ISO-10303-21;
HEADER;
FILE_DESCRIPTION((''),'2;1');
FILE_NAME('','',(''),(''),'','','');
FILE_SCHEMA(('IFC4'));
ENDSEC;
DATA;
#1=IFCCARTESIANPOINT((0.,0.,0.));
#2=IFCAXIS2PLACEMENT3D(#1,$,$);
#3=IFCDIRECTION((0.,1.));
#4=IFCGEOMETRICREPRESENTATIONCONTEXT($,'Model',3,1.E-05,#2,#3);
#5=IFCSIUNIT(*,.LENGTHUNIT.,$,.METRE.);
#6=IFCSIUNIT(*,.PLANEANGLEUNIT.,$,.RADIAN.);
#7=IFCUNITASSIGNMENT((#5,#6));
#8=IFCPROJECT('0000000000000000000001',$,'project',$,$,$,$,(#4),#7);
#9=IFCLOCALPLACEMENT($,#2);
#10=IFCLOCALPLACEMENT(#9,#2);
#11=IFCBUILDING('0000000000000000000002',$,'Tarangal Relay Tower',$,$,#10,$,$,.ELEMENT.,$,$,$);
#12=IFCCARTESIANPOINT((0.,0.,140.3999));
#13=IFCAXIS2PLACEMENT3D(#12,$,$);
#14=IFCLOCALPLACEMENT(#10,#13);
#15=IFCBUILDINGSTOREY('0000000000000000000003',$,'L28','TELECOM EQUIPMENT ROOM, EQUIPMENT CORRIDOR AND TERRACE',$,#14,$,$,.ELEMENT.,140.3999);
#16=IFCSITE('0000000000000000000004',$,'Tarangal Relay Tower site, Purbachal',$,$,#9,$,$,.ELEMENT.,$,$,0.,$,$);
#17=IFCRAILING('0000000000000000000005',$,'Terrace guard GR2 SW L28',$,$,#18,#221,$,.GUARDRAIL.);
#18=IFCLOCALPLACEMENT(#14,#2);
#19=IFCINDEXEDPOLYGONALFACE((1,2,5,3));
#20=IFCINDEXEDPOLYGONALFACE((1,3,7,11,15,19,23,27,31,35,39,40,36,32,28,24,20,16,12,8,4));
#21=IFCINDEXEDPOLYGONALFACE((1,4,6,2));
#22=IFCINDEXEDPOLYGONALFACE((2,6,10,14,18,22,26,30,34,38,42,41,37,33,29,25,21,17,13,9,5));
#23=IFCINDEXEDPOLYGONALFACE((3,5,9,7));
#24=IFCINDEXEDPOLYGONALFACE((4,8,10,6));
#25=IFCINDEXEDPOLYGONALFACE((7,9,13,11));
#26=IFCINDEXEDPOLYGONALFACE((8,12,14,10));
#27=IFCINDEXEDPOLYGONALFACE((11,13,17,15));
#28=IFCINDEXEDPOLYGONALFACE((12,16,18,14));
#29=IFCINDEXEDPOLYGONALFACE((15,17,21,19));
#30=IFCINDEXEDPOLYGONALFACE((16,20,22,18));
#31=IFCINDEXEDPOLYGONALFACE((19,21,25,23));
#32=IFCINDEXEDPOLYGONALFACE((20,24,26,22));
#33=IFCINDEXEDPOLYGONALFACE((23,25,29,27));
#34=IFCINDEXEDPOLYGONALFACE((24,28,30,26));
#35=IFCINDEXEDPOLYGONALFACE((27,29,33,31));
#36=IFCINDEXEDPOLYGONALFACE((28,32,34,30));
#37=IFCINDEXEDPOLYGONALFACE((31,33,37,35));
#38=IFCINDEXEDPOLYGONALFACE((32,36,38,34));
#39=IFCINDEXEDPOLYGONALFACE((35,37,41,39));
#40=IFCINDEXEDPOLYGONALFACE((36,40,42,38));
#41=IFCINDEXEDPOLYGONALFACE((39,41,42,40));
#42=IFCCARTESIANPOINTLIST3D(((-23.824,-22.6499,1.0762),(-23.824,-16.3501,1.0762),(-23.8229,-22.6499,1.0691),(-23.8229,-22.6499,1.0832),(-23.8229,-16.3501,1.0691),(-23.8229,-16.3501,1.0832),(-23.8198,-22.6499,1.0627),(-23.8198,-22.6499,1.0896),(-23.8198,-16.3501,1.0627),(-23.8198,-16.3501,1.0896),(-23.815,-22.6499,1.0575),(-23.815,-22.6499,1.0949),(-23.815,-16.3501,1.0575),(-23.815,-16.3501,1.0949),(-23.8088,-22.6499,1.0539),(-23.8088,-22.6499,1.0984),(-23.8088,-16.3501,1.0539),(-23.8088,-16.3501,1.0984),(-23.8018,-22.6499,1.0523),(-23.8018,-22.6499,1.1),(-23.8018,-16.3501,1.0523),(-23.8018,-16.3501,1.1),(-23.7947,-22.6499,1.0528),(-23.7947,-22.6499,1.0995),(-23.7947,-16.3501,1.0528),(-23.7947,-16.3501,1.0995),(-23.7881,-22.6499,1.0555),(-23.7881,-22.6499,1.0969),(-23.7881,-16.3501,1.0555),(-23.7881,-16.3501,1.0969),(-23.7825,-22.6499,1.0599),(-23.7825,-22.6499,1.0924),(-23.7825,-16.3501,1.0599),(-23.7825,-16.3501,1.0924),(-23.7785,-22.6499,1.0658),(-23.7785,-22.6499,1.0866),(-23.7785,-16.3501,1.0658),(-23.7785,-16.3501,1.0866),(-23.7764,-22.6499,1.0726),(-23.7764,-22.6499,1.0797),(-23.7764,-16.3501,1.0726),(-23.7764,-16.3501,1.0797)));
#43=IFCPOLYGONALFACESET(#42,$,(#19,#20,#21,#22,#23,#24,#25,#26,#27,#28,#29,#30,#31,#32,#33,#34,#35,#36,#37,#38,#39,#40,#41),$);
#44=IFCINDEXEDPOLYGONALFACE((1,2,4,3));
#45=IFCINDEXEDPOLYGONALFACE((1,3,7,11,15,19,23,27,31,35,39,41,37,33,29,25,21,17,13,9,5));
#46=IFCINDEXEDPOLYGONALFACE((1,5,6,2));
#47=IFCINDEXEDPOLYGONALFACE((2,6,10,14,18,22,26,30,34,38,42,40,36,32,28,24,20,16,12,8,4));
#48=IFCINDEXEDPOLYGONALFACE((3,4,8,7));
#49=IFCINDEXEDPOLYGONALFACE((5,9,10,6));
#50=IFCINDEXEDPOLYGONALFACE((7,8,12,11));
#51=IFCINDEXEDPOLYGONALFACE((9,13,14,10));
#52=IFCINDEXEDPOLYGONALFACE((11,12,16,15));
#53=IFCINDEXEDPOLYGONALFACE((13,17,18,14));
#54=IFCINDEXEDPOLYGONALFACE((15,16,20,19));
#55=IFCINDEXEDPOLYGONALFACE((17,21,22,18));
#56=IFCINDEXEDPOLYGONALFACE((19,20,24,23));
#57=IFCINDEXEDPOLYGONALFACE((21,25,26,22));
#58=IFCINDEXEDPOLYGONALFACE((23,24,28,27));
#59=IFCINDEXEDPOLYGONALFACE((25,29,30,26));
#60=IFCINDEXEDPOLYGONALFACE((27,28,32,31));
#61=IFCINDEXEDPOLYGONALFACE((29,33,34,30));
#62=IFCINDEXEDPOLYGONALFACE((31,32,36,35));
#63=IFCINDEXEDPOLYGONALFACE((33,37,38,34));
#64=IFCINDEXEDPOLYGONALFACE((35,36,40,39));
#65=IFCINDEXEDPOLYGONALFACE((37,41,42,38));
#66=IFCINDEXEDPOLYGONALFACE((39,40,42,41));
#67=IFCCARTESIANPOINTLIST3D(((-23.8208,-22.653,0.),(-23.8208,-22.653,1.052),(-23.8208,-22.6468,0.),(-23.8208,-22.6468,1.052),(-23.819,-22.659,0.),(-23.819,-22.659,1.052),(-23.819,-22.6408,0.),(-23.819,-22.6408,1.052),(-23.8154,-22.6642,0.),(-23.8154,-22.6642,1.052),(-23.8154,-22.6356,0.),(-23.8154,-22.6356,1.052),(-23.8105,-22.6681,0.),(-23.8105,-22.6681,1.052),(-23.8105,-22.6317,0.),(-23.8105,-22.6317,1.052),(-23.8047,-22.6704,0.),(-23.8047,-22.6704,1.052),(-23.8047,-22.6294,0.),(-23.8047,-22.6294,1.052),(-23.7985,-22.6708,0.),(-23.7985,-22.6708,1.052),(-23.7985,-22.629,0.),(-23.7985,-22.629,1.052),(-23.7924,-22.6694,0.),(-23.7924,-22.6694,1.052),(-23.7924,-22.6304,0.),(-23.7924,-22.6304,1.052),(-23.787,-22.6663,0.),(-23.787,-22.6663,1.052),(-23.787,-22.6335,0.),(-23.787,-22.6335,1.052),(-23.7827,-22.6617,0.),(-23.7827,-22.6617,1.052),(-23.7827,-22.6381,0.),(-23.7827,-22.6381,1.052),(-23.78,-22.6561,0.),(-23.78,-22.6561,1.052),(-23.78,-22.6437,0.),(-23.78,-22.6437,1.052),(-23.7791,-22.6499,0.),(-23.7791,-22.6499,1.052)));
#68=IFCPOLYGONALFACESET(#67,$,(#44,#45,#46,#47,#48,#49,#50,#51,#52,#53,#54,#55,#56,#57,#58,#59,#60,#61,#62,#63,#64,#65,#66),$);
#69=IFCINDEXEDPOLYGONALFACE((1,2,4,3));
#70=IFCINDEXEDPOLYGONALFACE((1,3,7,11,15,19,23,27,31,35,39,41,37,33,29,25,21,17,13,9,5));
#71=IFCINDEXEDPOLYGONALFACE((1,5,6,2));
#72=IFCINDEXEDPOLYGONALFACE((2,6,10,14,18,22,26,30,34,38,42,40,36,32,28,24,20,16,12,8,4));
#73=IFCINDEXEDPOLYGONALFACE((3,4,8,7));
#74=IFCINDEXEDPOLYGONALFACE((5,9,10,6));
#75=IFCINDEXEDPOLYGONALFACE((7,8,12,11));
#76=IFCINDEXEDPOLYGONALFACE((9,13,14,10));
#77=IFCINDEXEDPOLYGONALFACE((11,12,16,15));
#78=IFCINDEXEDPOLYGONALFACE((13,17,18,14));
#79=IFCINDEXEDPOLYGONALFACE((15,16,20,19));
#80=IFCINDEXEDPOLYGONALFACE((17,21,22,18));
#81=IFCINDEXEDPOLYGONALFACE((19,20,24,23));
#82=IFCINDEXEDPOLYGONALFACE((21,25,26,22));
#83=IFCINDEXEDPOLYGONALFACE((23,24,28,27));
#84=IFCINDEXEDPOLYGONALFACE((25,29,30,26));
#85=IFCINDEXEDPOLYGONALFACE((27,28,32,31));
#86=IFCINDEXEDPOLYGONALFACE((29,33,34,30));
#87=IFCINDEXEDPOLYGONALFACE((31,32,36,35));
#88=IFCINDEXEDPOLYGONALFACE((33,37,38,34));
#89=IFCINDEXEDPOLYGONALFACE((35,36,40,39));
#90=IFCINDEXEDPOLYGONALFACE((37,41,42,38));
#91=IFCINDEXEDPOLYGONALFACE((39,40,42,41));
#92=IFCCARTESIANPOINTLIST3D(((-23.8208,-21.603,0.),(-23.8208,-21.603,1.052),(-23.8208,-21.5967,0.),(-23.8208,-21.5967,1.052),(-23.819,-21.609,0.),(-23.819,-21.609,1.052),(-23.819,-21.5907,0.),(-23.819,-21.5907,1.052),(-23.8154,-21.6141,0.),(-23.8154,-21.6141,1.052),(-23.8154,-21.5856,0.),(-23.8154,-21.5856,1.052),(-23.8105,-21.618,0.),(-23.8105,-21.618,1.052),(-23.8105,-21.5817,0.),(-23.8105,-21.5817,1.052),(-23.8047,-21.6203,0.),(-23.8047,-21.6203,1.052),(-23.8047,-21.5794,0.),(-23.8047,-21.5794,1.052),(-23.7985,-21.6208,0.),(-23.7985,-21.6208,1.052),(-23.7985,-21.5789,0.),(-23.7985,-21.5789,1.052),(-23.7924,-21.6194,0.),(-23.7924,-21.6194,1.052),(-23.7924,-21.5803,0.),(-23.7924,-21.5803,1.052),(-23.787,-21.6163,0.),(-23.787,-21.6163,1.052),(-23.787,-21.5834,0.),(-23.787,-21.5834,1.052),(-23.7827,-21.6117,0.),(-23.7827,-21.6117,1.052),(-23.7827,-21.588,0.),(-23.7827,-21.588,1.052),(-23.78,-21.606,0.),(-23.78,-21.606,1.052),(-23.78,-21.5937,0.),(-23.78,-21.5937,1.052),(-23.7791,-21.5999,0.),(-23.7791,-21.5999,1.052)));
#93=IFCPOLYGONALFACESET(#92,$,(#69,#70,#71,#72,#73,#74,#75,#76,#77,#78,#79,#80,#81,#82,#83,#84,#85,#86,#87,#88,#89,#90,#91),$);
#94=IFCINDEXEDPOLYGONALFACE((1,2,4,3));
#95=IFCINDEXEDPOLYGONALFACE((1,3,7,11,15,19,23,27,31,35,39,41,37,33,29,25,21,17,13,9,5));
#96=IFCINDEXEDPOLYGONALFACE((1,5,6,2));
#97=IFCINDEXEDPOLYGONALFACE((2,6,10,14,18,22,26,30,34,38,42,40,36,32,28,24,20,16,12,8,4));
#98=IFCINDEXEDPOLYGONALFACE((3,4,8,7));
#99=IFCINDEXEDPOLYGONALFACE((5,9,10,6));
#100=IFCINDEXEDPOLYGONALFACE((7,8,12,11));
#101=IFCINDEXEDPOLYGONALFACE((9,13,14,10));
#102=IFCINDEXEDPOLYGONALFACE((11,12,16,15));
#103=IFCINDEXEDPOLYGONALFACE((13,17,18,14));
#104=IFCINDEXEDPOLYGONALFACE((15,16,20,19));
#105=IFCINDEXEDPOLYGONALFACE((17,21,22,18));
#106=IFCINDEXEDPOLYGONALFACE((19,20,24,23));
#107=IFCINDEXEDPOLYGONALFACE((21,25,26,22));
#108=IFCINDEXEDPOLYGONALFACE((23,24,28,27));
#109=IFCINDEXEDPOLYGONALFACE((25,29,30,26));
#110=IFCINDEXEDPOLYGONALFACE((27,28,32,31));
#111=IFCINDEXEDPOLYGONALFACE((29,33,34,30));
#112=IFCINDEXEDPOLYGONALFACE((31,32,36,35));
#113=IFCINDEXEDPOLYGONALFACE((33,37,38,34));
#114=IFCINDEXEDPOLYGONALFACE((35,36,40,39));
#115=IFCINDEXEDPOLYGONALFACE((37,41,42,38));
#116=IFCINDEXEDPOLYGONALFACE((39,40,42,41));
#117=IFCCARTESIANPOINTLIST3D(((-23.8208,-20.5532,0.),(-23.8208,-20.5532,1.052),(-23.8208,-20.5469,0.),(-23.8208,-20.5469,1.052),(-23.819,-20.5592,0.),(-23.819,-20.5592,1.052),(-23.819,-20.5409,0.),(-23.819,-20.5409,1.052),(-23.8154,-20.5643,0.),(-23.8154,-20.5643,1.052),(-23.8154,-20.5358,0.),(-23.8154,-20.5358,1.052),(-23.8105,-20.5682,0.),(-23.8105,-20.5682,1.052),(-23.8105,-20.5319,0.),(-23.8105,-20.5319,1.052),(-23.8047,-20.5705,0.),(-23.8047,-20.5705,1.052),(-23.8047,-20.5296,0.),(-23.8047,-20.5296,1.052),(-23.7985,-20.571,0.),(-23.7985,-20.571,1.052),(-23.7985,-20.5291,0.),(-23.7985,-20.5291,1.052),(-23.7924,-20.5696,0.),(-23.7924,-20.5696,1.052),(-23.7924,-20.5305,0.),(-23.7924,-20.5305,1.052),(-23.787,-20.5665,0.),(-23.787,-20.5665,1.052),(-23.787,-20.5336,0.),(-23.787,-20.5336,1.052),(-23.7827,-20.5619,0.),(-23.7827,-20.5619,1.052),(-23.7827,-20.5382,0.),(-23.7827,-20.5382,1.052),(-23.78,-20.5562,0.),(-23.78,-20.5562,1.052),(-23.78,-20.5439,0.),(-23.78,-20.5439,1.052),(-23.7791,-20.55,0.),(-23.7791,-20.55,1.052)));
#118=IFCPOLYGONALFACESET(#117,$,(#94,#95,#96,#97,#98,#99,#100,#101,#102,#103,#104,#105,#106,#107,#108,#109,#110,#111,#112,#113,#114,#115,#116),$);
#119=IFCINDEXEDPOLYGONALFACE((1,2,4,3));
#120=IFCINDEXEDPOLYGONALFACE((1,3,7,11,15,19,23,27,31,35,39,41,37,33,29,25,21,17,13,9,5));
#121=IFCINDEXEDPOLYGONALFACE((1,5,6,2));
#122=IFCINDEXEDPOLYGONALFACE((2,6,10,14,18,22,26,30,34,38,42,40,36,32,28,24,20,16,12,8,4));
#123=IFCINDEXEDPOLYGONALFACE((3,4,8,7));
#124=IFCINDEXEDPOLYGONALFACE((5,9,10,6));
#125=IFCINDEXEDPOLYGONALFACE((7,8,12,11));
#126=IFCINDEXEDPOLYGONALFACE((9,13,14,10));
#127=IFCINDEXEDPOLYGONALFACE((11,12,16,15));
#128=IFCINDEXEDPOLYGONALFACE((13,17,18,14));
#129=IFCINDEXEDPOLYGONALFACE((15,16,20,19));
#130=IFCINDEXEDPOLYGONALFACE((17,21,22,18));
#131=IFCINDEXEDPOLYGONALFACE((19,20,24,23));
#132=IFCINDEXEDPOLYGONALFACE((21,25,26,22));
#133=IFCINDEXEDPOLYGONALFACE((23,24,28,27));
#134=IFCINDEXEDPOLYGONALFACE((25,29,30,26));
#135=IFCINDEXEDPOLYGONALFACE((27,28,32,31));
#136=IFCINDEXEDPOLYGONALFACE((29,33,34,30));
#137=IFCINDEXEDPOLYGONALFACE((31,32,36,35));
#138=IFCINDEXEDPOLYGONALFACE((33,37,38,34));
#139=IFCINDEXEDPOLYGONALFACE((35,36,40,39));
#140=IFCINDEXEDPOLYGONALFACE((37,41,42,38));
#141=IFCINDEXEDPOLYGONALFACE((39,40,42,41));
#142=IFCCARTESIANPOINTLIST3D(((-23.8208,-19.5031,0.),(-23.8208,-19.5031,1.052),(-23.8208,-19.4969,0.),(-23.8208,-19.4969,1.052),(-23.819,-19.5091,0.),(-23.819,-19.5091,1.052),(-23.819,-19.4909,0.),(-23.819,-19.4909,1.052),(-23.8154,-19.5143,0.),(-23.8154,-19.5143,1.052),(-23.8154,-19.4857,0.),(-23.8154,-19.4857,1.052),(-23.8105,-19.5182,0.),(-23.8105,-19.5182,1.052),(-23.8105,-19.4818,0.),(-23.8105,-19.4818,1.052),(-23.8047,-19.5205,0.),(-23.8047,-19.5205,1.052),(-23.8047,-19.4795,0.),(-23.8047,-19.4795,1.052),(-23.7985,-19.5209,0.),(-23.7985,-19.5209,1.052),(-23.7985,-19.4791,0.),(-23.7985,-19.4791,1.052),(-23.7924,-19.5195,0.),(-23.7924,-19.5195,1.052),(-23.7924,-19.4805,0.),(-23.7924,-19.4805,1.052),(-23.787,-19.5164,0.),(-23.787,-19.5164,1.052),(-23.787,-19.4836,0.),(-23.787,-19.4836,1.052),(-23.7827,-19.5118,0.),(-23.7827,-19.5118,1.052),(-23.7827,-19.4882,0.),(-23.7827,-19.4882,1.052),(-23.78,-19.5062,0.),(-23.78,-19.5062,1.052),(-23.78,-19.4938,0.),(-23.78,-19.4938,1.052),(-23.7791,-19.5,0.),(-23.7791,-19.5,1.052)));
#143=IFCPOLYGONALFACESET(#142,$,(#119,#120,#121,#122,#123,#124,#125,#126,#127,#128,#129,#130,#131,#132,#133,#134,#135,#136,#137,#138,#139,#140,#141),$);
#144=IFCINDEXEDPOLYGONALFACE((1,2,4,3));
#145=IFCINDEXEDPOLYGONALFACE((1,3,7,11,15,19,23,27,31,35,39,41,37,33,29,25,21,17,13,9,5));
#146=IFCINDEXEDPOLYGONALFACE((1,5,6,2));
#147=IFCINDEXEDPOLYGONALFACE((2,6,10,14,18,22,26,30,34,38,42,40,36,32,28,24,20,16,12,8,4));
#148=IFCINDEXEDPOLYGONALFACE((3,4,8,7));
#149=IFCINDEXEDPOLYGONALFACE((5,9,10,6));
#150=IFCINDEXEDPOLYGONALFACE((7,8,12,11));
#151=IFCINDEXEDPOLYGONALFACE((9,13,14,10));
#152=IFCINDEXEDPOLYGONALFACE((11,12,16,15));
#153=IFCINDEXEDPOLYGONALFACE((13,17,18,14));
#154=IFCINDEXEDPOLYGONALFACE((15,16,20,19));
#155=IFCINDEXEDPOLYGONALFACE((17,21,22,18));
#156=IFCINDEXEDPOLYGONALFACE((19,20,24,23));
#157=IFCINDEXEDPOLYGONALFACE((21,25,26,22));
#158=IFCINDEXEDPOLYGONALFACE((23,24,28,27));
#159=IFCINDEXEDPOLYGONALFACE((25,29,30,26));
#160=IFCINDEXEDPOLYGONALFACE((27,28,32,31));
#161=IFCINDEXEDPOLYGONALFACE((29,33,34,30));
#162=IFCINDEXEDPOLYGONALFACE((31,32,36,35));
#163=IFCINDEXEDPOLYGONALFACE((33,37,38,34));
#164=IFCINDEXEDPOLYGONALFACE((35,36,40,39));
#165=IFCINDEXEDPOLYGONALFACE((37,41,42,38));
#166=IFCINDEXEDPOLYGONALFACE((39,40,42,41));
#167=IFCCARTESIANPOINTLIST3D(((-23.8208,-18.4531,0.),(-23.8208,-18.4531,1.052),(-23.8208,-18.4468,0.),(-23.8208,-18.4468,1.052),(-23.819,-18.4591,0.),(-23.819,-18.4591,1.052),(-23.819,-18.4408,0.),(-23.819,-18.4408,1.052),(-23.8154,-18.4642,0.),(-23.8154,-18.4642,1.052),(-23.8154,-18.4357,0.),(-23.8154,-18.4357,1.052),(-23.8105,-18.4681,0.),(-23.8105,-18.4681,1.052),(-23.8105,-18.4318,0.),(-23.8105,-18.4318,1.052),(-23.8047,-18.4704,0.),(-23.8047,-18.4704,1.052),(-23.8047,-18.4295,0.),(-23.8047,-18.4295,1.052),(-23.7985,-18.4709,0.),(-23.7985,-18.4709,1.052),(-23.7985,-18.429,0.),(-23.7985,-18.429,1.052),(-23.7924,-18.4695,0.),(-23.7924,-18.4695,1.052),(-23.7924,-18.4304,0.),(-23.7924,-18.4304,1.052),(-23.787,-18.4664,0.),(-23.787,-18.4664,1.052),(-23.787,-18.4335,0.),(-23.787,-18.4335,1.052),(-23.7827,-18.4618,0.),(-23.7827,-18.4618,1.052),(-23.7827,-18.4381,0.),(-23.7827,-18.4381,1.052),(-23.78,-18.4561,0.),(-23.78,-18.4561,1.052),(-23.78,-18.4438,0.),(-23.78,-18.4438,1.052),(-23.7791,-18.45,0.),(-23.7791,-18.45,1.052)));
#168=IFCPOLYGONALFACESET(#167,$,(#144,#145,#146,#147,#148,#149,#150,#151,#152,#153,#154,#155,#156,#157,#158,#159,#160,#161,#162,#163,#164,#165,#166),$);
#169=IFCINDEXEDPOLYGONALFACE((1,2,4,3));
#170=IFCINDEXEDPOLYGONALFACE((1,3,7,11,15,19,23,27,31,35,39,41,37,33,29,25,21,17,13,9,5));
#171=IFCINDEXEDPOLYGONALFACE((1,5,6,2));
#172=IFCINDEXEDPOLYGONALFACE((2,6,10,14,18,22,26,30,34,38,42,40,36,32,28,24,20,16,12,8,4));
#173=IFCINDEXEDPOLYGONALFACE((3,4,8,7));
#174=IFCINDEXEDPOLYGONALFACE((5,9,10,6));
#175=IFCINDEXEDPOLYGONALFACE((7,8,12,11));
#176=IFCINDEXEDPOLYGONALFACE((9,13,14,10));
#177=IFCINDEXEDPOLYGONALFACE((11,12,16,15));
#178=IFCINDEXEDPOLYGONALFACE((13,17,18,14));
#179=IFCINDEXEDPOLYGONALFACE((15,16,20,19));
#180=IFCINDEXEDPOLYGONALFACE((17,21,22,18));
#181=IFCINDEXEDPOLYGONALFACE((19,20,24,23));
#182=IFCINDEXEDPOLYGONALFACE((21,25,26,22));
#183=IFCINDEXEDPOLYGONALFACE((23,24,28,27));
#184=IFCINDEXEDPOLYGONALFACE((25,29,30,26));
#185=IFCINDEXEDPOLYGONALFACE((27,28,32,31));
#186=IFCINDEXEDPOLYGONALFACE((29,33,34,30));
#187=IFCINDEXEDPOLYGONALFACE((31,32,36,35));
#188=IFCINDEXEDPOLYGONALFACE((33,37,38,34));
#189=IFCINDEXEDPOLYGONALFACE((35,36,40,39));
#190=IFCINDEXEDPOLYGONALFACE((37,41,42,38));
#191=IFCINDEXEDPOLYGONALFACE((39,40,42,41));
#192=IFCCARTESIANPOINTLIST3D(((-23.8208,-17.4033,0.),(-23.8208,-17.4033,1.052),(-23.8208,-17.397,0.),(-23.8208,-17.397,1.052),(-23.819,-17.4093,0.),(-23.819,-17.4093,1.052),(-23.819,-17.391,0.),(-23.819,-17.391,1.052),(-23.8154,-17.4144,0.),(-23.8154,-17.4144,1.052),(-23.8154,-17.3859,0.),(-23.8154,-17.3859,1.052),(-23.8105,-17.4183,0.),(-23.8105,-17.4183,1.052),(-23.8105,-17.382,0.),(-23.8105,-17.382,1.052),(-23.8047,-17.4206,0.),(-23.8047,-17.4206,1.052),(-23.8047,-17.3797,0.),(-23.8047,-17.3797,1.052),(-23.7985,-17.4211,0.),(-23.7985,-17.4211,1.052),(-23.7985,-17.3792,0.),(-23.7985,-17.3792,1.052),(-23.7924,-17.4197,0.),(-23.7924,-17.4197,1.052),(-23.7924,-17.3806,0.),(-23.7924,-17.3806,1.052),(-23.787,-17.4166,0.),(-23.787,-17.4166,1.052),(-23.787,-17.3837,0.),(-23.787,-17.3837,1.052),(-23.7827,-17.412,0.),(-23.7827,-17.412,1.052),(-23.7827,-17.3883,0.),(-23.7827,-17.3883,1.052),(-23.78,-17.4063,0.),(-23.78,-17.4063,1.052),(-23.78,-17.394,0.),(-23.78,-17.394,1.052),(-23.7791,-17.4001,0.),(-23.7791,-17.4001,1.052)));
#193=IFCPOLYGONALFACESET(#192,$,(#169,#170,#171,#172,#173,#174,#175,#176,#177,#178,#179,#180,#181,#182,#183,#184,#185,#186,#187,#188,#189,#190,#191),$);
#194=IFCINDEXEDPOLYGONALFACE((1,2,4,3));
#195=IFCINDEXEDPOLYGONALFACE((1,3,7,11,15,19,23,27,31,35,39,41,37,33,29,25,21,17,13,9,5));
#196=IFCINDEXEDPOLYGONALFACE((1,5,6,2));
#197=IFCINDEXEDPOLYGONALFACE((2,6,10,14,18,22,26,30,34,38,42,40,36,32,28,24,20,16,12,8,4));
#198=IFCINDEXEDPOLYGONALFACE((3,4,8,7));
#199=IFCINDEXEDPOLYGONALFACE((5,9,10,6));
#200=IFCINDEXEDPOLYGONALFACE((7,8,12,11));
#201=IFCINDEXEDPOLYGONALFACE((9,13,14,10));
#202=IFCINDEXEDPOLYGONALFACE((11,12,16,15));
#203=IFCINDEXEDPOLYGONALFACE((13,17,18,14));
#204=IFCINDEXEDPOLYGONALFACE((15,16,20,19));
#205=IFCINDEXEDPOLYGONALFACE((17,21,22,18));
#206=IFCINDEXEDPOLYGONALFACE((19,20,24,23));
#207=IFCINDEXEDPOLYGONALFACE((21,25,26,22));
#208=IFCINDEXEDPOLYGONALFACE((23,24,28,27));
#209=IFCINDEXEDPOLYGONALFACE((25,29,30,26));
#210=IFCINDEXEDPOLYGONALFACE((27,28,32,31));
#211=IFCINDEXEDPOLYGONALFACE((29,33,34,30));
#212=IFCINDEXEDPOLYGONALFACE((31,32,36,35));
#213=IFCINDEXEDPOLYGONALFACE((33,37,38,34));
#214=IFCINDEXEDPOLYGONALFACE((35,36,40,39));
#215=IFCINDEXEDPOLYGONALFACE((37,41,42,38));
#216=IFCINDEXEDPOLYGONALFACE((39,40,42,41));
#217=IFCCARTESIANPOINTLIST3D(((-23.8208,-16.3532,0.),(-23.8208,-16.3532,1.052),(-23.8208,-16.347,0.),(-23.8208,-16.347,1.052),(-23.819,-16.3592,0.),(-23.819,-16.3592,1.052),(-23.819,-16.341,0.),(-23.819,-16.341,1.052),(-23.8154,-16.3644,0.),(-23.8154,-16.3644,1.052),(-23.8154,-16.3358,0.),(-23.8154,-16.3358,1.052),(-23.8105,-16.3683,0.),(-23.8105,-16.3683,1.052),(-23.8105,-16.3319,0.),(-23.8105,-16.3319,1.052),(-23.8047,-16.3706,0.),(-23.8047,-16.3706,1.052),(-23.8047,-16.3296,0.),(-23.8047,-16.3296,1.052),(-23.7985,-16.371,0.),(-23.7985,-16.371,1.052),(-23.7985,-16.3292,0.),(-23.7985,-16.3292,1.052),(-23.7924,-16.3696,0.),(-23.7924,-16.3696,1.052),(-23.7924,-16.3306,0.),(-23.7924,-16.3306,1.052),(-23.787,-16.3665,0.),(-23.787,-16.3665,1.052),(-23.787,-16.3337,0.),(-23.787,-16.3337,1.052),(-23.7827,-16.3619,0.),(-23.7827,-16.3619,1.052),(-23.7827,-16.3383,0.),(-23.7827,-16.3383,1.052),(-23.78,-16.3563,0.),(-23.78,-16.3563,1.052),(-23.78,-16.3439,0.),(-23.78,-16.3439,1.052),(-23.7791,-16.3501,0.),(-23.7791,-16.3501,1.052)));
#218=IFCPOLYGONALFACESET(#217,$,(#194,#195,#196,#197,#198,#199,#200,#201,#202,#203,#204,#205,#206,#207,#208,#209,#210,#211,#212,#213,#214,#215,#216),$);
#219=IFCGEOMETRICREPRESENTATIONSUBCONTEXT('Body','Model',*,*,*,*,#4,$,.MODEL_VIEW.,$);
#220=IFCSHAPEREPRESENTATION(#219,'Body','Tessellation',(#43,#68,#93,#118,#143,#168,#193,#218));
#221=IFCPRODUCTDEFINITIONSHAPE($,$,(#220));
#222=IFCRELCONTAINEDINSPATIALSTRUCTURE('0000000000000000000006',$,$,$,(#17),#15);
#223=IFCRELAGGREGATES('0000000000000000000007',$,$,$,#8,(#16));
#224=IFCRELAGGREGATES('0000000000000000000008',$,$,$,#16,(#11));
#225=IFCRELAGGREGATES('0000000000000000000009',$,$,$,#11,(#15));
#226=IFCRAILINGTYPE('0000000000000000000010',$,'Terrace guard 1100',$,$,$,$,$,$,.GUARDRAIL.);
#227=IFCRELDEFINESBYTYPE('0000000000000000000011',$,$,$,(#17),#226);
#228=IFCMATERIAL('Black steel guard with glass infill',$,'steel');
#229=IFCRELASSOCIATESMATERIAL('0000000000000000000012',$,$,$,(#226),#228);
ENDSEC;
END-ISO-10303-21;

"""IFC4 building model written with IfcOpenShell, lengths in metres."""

from ifc_helpers import new_model, si_unit, direction, frame, origin, origin_2d, place, context, subcontext, project, spatial, circle, extrude, material, type_object, element, save


model = new_model("IFC4")

# Units and contexts
model_context = context("Model", 3, precision=1e-05, world=origin(), true_north=direction((0.0, 1.0)))
body_context = subcontext(model_context, "Body", "Model", "MODEL_VIEW")
ifc_project = project(units=[si_unit("LENGTHUNIT", "METRE"), si_unit("PLANEANGLEUNIT", "RADIAN")], contexts=[model_context])

# Site, building, storey
site_placement = place(None, origin())
site = spatial("IfcSite", under=ifc_project, at=site_placement, Name="Tarangal Relay Tower site, Purbachal", CompositionType="ELEMENT", RefElevation=0.0)
building_placement = place(site_placement, origin())
building = spatial("IfcBuilding", under=site, at=building_placement, Name="Tarangal Relay Tower", CompositionType="ELEMENT")
storey_placement = place(building_placement, frame((0.0, 0.0, 140.3999)))
storey = spatial("IfcBuildingStorey", under=building, at=storey_placement, Name="L28", Description="TELECOM EQUIPMENT ROOM, EQUIPMENT CORRIDOR AND TERRACE", CompositionType="ELEMENT", Elevation=140.3999)

# Railing
ifc_material_1 = material(Name="Black steel guard with glass infill", Category="steel")
railing_type = type_object("IfcRailingType", Name="Terrace guard 1100", PredefinedType="GUARDRAIL", material=ifc_material_1)
railing_placement = place(storey_placement, frame((-23.8, -22.6499, 0.0)))
element("IfcRailing", 1, at=railing_placement, inside=storey, type_object=railing_type, Name="Terrace guard GR2 SW L28", PredefinedType="GUARDRAIL", context=body_context, shape_type="SweptSolid", body=[
    extrude(circle(Radius=0.0239, at=origin_2d()), frame((0.0, 0.0, 1.0762), z_axis=(0.0, 1.0, 0.0), x_axis=(-1.0, 0.0, 0.0)), (0.0, 0.0, 1.0), 6.2998),
    extrude(circle(Radius=0.021, at=origin_2d()), origin(), (0.0, 0.0, 1.0), 1.052),
    extrude(circle(Radius=0.021, at=origin_2d()), frame((0.0, 1.05, 0.0)), (0.0, 0.0, 1.0), 1.052),
    extrude(circle(Radius=0.021, at=origin_2d()), frame((0.0, 2.0999, 0.0)), (0.0, 0.0, 1.0), 1.052),
    extrude(circle(Radius=0.021, at=origin_2d()), frame((0.0, 3.1499, 0.0)), (0.0, 0.0, 1.0), 1.052),
    extrude(circle(Radius=0.021, at=origin_2d()), frame((0.0, 4.2, 0.0)), (0.0, 0.0, 1.0), 1.052),
    extrude(circle(Radius=0.021, at=origin_2d()), frame((0.0, 5.2498, 0.0)), (0.0, 0.0, 1.0), 1.052),
    extrude(circle(Radius=0.021, at=origin_2d()), frame((0.0, 6.2998, 0.0)), (0.0, 0.0, 1.0), 1.052),
])

save(model, "model.ifc")
